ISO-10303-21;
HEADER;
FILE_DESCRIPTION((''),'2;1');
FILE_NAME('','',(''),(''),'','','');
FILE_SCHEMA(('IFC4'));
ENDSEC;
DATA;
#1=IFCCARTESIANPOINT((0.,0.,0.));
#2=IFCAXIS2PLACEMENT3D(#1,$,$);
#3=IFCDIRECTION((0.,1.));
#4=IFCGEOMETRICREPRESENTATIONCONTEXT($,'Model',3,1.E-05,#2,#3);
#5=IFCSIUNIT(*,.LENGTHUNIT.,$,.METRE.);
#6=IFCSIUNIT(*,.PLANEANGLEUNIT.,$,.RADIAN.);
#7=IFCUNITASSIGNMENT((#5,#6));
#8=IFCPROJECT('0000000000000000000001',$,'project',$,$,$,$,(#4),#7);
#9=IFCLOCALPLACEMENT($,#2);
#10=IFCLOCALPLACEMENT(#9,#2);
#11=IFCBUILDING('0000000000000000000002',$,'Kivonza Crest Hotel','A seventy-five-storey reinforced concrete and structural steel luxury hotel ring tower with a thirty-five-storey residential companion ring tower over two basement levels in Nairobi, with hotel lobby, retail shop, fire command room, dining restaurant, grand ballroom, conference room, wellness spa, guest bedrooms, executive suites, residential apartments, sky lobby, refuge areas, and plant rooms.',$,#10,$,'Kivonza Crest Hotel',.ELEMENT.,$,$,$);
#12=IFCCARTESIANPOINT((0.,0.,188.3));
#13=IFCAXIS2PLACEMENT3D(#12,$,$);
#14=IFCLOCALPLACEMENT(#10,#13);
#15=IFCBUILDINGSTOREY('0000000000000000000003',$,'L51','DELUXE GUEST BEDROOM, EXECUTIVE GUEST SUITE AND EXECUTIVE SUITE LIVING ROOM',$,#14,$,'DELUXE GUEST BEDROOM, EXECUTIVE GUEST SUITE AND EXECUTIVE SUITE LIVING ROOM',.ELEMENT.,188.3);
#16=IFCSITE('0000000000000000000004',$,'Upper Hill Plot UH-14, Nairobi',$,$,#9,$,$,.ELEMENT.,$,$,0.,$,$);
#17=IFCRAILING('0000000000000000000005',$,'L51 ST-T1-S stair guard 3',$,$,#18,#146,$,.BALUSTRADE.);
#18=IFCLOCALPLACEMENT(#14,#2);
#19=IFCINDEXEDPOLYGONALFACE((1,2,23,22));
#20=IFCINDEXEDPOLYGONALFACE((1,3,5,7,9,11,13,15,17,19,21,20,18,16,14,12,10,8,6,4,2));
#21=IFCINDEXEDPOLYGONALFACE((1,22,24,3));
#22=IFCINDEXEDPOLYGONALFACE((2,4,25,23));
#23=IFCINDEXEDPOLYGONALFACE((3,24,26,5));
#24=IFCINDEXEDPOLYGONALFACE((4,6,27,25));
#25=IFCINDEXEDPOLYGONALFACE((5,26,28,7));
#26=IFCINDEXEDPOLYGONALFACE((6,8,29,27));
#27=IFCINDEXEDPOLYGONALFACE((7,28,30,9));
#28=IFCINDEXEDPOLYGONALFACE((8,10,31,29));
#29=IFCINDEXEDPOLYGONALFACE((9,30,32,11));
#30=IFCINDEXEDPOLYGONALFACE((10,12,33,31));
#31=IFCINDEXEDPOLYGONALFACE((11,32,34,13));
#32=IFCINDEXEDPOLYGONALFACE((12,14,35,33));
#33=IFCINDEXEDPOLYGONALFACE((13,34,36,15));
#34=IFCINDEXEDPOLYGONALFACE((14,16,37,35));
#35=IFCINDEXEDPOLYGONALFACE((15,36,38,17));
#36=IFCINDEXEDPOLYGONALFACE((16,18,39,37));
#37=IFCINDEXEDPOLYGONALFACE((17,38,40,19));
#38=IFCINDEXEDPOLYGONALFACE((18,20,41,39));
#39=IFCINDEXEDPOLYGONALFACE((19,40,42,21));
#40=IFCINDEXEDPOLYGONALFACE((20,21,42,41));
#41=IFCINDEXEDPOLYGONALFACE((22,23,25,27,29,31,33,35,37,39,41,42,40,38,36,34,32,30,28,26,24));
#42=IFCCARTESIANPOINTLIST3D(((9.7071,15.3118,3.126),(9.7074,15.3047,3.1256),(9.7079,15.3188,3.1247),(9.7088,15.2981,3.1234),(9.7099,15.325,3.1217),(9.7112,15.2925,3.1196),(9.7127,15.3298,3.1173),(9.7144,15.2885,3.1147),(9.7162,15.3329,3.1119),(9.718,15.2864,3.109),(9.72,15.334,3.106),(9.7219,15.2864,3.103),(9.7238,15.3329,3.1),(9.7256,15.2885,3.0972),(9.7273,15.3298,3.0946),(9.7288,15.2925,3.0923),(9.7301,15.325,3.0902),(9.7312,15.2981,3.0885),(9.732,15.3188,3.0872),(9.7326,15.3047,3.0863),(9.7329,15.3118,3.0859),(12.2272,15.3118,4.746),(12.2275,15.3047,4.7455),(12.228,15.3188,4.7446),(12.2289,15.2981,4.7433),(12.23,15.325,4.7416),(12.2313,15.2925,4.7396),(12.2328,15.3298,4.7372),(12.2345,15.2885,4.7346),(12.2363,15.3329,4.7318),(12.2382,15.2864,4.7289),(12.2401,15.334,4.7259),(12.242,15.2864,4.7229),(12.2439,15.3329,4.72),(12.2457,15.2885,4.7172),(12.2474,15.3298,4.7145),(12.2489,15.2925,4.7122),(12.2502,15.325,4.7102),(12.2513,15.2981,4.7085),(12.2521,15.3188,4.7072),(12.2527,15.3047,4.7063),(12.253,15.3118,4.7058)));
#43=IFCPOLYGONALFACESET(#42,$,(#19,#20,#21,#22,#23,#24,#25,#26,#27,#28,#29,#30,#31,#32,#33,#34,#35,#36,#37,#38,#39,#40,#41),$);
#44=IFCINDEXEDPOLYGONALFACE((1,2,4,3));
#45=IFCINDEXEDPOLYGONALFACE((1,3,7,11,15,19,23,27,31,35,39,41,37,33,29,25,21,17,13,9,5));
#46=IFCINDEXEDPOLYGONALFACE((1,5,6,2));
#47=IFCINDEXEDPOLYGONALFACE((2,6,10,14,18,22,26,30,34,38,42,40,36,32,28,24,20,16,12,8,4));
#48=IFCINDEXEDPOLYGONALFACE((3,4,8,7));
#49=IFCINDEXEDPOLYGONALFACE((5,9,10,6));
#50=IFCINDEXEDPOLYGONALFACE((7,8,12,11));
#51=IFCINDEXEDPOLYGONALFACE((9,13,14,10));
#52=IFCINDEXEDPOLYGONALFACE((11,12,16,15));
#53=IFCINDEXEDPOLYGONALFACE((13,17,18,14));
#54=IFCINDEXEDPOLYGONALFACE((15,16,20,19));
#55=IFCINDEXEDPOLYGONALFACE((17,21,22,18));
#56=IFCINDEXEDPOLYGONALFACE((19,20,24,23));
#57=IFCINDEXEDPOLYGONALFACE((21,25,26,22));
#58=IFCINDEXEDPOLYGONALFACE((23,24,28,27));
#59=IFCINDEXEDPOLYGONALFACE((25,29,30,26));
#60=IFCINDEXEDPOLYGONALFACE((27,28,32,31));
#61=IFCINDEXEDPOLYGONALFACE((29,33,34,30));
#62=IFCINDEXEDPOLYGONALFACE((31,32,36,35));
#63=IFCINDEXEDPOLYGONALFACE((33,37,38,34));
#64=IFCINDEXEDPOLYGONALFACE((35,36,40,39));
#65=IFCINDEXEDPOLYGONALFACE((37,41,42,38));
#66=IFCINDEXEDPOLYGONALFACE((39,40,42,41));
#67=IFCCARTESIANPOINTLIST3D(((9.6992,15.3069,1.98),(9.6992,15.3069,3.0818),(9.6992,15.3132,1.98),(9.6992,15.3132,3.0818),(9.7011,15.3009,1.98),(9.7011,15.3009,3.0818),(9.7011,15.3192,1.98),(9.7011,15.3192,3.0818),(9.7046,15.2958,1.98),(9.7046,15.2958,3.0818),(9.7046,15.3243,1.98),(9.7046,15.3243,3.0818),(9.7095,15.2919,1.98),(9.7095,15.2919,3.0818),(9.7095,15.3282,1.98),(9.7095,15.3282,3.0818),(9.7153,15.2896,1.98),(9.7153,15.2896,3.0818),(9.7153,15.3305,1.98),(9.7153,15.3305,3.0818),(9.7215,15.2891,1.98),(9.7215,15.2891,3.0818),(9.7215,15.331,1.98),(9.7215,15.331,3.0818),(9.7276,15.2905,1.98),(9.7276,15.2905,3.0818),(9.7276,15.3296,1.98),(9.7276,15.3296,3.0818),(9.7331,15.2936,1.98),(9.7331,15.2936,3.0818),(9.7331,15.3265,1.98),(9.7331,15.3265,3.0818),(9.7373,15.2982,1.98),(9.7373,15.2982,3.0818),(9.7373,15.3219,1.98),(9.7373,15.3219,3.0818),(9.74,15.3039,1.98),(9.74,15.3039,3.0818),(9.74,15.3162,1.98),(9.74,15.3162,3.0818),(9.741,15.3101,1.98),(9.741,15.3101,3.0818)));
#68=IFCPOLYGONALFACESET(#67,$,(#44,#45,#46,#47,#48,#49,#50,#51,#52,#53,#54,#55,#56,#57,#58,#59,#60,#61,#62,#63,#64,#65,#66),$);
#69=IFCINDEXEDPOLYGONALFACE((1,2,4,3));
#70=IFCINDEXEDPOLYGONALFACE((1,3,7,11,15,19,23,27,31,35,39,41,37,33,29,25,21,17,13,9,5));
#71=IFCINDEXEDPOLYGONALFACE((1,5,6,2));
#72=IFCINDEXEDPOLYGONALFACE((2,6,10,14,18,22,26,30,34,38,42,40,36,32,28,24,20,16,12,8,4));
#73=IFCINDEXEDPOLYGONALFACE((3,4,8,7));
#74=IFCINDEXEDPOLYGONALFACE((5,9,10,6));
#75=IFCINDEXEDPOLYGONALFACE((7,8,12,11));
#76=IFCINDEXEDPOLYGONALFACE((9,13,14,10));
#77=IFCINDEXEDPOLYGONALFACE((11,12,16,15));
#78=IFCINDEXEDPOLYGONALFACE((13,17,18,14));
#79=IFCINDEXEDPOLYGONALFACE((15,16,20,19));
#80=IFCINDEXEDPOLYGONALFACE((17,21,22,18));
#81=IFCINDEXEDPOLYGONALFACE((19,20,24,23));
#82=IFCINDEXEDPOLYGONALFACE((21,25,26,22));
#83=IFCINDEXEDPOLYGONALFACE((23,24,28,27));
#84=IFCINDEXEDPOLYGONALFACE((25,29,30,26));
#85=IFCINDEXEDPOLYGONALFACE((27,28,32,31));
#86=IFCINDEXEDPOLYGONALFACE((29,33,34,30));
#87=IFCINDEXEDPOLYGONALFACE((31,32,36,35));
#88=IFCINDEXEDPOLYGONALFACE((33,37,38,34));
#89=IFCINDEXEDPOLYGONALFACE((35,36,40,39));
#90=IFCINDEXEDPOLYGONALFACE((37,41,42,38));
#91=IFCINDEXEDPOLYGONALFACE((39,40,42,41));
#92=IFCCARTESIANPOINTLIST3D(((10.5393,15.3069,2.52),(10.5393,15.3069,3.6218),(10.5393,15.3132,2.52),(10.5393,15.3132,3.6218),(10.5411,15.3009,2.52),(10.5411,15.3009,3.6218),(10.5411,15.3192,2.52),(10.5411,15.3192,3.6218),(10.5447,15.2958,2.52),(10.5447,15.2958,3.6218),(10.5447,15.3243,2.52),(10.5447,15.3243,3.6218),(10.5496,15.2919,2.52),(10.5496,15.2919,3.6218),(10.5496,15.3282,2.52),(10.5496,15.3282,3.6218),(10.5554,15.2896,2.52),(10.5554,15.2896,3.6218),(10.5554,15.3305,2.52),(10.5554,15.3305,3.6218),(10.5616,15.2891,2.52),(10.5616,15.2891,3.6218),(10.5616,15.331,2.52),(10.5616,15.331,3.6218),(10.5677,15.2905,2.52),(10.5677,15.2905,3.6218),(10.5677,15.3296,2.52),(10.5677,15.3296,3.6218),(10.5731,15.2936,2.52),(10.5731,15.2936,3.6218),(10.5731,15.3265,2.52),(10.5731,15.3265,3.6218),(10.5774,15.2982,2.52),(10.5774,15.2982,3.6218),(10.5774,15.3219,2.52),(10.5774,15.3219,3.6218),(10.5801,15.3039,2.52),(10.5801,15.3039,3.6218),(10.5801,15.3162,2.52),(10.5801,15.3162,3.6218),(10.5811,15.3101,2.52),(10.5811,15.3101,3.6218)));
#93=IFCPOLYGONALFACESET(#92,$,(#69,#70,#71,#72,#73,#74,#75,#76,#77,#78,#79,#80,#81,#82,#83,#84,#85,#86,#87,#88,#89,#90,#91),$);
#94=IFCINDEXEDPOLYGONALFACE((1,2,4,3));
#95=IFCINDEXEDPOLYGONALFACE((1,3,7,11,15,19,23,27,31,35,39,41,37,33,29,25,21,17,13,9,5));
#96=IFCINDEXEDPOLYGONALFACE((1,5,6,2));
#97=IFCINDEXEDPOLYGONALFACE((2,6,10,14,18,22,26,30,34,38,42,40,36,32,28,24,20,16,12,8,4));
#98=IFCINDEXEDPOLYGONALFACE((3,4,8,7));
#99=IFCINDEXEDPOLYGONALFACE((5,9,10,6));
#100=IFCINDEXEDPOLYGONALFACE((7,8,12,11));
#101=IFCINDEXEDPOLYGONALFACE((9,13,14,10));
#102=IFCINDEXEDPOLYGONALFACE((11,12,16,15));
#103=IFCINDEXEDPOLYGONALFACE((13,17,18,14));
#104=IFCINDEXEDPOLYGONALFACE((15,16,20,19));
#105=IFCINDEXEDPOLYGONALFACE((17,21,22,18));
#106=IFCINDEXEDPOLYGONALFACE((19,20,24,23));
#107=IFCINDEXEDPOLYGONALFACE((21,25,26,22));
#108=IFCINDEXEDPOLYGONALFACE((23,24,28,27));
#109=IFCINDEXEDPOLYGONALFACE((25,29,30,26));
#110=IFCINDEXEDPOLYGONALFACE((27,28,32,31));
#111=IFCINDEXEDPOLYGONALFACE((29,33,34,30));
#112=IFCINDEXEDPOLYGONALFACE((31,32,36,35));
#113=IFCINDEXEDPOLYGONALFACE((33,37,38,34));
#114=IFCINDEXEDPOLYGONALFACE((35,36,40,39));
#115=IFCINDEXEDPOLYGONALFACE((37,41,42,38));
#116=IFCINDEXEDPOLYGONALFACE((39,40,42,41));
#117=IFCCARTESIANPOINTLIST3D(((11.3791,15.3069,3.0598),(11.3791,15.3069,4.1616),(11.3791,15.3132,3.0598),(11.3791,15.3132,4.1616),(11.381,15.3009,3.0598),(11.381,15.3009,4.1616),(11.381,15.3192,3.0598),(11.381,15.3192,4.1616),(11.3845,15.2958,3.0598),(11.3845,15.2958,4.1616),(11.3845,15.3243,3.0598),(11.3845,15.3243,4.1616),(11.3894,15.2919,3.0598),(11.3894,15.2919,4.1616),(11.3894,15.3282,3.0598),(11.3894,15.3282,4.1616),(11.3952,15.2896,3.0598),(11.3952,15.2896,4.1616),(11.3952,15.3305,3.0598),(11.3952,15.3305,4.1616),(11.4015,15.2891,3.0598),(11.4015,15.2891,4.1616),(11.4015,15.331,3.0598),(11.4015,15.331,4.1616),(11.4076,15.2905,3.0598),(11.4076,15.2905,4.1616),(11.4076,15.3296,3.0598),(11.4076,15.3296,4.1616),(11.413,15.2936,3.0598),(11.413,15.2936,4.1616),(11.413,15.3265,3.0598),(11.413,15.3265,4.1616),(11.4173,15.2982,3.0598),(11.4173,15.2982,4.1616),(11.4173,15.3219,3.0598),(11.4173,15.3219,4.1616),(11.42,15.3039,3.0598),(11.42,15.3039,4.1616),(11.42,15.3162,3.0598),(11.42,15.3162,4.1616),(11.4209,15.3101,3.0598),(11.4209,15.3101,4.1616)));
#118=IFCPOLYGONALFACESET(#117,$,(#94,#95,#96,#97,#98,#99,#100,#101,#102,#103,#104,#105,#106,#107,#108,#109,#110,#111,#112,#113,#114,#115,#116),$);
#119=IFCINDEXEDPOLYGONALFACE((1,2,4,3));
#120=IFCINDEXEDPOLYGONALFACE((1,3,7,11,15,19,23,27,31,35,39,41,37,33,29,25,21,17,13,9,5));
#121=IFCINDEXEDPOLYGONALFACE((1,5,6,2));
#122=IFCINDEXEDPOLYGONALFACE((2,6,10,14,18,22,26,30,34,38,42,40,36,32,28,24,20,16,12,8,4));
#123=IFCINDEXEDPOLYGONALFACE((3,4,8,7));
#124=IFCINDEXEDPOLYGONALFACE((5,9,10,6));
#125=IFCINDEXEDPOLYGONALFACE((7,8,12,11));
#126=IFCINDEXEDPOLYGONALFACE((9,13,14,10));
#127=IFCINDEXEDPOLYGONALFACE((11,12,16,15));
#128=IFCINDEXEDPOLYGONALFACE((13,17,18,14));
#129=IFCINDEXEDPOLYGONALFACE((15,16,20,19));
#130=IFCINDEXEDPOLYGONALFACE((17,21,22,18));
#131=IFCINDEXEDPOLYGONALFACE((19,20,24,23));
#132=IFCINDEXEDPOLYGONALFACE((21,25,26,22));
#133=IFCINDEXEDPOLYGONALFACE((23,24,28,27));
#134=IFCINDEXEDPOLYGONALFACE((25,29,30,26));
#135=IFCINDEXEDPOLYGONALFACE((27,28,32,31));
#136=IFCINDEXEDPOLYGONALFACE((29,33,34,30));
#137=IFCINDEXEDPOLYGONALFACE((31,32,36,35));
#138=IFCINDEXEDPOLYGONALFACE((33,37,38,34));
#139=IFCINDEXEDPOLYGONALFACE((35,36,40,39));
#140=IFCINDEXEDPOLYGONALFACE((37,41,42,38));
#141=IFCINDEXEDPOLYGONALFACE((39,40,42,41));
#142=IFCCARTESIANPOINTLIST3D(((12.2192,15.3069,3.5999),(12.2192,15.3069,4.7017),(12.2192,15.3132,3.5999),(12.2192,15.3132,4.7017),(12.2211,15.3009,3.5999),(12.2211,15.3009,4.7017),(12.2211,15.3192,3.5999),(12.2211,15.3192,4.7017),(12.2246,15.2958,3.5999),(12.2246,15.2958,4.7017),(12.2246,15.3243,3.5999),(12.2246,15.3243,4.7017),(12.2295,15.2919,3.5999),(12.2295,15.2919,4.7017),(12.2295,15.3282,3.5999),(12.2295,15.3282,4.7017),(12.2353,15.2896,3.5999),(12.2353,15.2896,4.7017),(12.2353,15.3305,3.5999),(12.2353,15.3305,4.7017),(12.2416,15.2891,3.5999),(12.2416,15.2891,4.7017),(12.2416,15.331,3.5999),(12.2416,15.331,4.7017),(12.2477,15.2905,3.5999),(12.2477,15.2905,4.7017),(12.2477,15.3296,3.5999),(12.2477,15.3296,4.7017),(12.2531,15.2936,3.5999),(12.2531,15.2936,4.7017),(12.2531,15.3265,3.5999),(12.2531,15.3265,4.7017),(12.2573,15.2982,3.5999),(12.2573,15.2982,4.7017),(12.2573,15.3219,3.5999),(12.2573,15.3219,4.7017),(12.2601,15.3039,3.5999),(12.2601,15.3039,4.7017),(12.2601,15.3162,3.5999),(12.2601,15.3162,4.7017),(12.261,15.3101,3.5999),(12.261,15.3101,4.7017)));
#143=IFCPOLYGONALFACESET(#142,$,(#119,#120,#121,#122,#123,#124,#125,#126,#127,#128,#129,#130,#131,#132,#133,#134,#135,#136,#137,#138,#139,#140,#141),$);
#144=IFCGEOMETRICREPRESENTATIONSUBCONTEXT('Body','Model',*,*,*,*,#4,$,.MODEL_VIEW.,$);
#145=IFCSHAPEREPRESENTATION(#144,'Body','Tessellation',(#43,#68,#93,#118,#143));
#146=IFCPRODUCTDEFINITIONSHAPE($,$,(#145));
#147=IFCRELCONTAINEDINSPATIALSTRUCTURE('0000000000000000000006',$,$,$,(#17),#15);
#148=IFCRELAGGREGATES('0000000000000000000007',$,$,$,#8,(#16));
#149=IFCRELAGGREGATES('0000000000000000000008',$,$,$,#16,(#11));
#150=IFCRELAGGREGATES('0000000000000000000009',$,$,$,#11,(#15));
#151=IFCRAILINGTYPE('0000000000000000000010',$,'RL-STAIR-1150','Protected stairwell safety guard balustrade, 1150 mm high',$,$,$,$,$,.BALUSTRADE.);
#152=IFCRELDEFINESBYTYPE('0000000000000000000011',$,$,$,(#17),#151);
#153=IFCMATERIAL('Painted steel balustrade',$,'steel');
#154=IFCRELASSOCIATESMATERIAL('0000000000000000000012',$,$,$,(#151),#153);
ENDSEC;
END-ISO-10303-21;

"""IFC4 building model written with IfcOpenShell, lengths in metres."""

from ifc_helpers import new_model, si_unit, direction, frame, origin, origin_2d, place, context, subcontext, project, spatial, circle, extrude, material, type_object, element, save


model = new_model("IFC4")

# Units and contexts
model_context = context("Model", 3, precision=1e-05, world=origin(), true_north=direction((0.0, 1.0)))
body_context = subcontext(model_context, "Body", "Model", "MODEL_VIEW")
ifc_project = project(units=[si_unit("LENGTHUNIT", "METRE"), si_unit("PLANEANGLEUNIT", "RADIAN")], contexts=[model_context])

# Site, building, storey
site_placement = place(None, origin())
site = spatial("IfcSite", under=ifc_project, at=site_placement, Name="Upper Hill Plot UH-14, Nairobi", CompositionType="ELEMENT", RefElevation=0.0)
building_placement = place(site_placement, origin())
building = spatial("IfcBuilding", under=site, at=building_placement, Name="Kivonza Crest Hotel", Description="A seventy-five-storey reinforced concrete and structural steel luxury hotel ring tower with a thirty-five-storey residential companion ring tower over two basement levels in Nairobi, with hotel lobby, retail shop, fire command room, dining restaurant, grand ballroom, conference room, wellness spa, guest bedrooms, executive suites, residential apartments, sky lobby, refuge areas, and plant rooms.", LongName="Kivonza Crest Hotel", CompositionType="ELEMENT")
storey_placement = place(building_placement, frame((0.0, 0.0, 188.3)))
storey = spatial("IfcBuildingStorey", under=building, at=storey_placement, Name="L51", Description="DELUXE GUEST BEDROOM, EXECUTIVE GUEST SUITE AND EXECUTIVE SUITE LIVING ROOM", LongName="DELUXE GUEST BEDROOM, EXECUTIVE GUEST SUITE AND EXECUTIVE SUITE LIVING ROOM", CompositionType="ELEMENT", Elevation=188.3)

# Railing
ifc_material_1 = material(Name="Painted steel balustrade", Category="steel")
railing_type_1 = type_object("IfcRailingType", Name="RL-STAIR-1150", Description="Protected stairwell safety guard balustrade, 1150 mm high", PredefinedType="BALUSTRADE", material=ifc_material_1)
railing_1_placement = place(storey_placement, frame((9.72, 15.3101, 1.98)))
element("IfcRailing", 1, at=railing_1_placement, inside=storey, type_object=railing_type_1, Name="L51 ST-T1-S stair guard 3", PredefinedType="BALUSTRADE", context=body_context, shape_type="SweptSolid", body=[
    extrude(circle(Radius=0.0239, at=origin_2d()), frame((0.0, 0.0, 1.126), z_axis=(0.8412, 0.0, 0.540725), x_axis=(0.0, 1.0, 0.0)), (0.0, 0.0, 1.0), 2.9958),
    extrude(circle(Radius=0.021, at=origin_2d()), origin(), (0.0, 0.0, 1.0), 1.1018),
    extrude(circle(Radius=0.021, at=origin_2d()), frame((0.8401, 0.0, 0.54)), (0.0, 0.0, 1.0), 1.1018),
    extrude(circle(Radius=0.021, at=origin_2d()), frame((1.6799, 0.0, 1.0798)), (0.0, 0.0, 1.0), 1.1018),
    extrude(circle(Radius=0.021, at=origin_2d()), frame((2.52, 0.0, 1.6199)), (0.0, 0.0, 1.0), 1.1018),
])

save(model, "model.ifc")
